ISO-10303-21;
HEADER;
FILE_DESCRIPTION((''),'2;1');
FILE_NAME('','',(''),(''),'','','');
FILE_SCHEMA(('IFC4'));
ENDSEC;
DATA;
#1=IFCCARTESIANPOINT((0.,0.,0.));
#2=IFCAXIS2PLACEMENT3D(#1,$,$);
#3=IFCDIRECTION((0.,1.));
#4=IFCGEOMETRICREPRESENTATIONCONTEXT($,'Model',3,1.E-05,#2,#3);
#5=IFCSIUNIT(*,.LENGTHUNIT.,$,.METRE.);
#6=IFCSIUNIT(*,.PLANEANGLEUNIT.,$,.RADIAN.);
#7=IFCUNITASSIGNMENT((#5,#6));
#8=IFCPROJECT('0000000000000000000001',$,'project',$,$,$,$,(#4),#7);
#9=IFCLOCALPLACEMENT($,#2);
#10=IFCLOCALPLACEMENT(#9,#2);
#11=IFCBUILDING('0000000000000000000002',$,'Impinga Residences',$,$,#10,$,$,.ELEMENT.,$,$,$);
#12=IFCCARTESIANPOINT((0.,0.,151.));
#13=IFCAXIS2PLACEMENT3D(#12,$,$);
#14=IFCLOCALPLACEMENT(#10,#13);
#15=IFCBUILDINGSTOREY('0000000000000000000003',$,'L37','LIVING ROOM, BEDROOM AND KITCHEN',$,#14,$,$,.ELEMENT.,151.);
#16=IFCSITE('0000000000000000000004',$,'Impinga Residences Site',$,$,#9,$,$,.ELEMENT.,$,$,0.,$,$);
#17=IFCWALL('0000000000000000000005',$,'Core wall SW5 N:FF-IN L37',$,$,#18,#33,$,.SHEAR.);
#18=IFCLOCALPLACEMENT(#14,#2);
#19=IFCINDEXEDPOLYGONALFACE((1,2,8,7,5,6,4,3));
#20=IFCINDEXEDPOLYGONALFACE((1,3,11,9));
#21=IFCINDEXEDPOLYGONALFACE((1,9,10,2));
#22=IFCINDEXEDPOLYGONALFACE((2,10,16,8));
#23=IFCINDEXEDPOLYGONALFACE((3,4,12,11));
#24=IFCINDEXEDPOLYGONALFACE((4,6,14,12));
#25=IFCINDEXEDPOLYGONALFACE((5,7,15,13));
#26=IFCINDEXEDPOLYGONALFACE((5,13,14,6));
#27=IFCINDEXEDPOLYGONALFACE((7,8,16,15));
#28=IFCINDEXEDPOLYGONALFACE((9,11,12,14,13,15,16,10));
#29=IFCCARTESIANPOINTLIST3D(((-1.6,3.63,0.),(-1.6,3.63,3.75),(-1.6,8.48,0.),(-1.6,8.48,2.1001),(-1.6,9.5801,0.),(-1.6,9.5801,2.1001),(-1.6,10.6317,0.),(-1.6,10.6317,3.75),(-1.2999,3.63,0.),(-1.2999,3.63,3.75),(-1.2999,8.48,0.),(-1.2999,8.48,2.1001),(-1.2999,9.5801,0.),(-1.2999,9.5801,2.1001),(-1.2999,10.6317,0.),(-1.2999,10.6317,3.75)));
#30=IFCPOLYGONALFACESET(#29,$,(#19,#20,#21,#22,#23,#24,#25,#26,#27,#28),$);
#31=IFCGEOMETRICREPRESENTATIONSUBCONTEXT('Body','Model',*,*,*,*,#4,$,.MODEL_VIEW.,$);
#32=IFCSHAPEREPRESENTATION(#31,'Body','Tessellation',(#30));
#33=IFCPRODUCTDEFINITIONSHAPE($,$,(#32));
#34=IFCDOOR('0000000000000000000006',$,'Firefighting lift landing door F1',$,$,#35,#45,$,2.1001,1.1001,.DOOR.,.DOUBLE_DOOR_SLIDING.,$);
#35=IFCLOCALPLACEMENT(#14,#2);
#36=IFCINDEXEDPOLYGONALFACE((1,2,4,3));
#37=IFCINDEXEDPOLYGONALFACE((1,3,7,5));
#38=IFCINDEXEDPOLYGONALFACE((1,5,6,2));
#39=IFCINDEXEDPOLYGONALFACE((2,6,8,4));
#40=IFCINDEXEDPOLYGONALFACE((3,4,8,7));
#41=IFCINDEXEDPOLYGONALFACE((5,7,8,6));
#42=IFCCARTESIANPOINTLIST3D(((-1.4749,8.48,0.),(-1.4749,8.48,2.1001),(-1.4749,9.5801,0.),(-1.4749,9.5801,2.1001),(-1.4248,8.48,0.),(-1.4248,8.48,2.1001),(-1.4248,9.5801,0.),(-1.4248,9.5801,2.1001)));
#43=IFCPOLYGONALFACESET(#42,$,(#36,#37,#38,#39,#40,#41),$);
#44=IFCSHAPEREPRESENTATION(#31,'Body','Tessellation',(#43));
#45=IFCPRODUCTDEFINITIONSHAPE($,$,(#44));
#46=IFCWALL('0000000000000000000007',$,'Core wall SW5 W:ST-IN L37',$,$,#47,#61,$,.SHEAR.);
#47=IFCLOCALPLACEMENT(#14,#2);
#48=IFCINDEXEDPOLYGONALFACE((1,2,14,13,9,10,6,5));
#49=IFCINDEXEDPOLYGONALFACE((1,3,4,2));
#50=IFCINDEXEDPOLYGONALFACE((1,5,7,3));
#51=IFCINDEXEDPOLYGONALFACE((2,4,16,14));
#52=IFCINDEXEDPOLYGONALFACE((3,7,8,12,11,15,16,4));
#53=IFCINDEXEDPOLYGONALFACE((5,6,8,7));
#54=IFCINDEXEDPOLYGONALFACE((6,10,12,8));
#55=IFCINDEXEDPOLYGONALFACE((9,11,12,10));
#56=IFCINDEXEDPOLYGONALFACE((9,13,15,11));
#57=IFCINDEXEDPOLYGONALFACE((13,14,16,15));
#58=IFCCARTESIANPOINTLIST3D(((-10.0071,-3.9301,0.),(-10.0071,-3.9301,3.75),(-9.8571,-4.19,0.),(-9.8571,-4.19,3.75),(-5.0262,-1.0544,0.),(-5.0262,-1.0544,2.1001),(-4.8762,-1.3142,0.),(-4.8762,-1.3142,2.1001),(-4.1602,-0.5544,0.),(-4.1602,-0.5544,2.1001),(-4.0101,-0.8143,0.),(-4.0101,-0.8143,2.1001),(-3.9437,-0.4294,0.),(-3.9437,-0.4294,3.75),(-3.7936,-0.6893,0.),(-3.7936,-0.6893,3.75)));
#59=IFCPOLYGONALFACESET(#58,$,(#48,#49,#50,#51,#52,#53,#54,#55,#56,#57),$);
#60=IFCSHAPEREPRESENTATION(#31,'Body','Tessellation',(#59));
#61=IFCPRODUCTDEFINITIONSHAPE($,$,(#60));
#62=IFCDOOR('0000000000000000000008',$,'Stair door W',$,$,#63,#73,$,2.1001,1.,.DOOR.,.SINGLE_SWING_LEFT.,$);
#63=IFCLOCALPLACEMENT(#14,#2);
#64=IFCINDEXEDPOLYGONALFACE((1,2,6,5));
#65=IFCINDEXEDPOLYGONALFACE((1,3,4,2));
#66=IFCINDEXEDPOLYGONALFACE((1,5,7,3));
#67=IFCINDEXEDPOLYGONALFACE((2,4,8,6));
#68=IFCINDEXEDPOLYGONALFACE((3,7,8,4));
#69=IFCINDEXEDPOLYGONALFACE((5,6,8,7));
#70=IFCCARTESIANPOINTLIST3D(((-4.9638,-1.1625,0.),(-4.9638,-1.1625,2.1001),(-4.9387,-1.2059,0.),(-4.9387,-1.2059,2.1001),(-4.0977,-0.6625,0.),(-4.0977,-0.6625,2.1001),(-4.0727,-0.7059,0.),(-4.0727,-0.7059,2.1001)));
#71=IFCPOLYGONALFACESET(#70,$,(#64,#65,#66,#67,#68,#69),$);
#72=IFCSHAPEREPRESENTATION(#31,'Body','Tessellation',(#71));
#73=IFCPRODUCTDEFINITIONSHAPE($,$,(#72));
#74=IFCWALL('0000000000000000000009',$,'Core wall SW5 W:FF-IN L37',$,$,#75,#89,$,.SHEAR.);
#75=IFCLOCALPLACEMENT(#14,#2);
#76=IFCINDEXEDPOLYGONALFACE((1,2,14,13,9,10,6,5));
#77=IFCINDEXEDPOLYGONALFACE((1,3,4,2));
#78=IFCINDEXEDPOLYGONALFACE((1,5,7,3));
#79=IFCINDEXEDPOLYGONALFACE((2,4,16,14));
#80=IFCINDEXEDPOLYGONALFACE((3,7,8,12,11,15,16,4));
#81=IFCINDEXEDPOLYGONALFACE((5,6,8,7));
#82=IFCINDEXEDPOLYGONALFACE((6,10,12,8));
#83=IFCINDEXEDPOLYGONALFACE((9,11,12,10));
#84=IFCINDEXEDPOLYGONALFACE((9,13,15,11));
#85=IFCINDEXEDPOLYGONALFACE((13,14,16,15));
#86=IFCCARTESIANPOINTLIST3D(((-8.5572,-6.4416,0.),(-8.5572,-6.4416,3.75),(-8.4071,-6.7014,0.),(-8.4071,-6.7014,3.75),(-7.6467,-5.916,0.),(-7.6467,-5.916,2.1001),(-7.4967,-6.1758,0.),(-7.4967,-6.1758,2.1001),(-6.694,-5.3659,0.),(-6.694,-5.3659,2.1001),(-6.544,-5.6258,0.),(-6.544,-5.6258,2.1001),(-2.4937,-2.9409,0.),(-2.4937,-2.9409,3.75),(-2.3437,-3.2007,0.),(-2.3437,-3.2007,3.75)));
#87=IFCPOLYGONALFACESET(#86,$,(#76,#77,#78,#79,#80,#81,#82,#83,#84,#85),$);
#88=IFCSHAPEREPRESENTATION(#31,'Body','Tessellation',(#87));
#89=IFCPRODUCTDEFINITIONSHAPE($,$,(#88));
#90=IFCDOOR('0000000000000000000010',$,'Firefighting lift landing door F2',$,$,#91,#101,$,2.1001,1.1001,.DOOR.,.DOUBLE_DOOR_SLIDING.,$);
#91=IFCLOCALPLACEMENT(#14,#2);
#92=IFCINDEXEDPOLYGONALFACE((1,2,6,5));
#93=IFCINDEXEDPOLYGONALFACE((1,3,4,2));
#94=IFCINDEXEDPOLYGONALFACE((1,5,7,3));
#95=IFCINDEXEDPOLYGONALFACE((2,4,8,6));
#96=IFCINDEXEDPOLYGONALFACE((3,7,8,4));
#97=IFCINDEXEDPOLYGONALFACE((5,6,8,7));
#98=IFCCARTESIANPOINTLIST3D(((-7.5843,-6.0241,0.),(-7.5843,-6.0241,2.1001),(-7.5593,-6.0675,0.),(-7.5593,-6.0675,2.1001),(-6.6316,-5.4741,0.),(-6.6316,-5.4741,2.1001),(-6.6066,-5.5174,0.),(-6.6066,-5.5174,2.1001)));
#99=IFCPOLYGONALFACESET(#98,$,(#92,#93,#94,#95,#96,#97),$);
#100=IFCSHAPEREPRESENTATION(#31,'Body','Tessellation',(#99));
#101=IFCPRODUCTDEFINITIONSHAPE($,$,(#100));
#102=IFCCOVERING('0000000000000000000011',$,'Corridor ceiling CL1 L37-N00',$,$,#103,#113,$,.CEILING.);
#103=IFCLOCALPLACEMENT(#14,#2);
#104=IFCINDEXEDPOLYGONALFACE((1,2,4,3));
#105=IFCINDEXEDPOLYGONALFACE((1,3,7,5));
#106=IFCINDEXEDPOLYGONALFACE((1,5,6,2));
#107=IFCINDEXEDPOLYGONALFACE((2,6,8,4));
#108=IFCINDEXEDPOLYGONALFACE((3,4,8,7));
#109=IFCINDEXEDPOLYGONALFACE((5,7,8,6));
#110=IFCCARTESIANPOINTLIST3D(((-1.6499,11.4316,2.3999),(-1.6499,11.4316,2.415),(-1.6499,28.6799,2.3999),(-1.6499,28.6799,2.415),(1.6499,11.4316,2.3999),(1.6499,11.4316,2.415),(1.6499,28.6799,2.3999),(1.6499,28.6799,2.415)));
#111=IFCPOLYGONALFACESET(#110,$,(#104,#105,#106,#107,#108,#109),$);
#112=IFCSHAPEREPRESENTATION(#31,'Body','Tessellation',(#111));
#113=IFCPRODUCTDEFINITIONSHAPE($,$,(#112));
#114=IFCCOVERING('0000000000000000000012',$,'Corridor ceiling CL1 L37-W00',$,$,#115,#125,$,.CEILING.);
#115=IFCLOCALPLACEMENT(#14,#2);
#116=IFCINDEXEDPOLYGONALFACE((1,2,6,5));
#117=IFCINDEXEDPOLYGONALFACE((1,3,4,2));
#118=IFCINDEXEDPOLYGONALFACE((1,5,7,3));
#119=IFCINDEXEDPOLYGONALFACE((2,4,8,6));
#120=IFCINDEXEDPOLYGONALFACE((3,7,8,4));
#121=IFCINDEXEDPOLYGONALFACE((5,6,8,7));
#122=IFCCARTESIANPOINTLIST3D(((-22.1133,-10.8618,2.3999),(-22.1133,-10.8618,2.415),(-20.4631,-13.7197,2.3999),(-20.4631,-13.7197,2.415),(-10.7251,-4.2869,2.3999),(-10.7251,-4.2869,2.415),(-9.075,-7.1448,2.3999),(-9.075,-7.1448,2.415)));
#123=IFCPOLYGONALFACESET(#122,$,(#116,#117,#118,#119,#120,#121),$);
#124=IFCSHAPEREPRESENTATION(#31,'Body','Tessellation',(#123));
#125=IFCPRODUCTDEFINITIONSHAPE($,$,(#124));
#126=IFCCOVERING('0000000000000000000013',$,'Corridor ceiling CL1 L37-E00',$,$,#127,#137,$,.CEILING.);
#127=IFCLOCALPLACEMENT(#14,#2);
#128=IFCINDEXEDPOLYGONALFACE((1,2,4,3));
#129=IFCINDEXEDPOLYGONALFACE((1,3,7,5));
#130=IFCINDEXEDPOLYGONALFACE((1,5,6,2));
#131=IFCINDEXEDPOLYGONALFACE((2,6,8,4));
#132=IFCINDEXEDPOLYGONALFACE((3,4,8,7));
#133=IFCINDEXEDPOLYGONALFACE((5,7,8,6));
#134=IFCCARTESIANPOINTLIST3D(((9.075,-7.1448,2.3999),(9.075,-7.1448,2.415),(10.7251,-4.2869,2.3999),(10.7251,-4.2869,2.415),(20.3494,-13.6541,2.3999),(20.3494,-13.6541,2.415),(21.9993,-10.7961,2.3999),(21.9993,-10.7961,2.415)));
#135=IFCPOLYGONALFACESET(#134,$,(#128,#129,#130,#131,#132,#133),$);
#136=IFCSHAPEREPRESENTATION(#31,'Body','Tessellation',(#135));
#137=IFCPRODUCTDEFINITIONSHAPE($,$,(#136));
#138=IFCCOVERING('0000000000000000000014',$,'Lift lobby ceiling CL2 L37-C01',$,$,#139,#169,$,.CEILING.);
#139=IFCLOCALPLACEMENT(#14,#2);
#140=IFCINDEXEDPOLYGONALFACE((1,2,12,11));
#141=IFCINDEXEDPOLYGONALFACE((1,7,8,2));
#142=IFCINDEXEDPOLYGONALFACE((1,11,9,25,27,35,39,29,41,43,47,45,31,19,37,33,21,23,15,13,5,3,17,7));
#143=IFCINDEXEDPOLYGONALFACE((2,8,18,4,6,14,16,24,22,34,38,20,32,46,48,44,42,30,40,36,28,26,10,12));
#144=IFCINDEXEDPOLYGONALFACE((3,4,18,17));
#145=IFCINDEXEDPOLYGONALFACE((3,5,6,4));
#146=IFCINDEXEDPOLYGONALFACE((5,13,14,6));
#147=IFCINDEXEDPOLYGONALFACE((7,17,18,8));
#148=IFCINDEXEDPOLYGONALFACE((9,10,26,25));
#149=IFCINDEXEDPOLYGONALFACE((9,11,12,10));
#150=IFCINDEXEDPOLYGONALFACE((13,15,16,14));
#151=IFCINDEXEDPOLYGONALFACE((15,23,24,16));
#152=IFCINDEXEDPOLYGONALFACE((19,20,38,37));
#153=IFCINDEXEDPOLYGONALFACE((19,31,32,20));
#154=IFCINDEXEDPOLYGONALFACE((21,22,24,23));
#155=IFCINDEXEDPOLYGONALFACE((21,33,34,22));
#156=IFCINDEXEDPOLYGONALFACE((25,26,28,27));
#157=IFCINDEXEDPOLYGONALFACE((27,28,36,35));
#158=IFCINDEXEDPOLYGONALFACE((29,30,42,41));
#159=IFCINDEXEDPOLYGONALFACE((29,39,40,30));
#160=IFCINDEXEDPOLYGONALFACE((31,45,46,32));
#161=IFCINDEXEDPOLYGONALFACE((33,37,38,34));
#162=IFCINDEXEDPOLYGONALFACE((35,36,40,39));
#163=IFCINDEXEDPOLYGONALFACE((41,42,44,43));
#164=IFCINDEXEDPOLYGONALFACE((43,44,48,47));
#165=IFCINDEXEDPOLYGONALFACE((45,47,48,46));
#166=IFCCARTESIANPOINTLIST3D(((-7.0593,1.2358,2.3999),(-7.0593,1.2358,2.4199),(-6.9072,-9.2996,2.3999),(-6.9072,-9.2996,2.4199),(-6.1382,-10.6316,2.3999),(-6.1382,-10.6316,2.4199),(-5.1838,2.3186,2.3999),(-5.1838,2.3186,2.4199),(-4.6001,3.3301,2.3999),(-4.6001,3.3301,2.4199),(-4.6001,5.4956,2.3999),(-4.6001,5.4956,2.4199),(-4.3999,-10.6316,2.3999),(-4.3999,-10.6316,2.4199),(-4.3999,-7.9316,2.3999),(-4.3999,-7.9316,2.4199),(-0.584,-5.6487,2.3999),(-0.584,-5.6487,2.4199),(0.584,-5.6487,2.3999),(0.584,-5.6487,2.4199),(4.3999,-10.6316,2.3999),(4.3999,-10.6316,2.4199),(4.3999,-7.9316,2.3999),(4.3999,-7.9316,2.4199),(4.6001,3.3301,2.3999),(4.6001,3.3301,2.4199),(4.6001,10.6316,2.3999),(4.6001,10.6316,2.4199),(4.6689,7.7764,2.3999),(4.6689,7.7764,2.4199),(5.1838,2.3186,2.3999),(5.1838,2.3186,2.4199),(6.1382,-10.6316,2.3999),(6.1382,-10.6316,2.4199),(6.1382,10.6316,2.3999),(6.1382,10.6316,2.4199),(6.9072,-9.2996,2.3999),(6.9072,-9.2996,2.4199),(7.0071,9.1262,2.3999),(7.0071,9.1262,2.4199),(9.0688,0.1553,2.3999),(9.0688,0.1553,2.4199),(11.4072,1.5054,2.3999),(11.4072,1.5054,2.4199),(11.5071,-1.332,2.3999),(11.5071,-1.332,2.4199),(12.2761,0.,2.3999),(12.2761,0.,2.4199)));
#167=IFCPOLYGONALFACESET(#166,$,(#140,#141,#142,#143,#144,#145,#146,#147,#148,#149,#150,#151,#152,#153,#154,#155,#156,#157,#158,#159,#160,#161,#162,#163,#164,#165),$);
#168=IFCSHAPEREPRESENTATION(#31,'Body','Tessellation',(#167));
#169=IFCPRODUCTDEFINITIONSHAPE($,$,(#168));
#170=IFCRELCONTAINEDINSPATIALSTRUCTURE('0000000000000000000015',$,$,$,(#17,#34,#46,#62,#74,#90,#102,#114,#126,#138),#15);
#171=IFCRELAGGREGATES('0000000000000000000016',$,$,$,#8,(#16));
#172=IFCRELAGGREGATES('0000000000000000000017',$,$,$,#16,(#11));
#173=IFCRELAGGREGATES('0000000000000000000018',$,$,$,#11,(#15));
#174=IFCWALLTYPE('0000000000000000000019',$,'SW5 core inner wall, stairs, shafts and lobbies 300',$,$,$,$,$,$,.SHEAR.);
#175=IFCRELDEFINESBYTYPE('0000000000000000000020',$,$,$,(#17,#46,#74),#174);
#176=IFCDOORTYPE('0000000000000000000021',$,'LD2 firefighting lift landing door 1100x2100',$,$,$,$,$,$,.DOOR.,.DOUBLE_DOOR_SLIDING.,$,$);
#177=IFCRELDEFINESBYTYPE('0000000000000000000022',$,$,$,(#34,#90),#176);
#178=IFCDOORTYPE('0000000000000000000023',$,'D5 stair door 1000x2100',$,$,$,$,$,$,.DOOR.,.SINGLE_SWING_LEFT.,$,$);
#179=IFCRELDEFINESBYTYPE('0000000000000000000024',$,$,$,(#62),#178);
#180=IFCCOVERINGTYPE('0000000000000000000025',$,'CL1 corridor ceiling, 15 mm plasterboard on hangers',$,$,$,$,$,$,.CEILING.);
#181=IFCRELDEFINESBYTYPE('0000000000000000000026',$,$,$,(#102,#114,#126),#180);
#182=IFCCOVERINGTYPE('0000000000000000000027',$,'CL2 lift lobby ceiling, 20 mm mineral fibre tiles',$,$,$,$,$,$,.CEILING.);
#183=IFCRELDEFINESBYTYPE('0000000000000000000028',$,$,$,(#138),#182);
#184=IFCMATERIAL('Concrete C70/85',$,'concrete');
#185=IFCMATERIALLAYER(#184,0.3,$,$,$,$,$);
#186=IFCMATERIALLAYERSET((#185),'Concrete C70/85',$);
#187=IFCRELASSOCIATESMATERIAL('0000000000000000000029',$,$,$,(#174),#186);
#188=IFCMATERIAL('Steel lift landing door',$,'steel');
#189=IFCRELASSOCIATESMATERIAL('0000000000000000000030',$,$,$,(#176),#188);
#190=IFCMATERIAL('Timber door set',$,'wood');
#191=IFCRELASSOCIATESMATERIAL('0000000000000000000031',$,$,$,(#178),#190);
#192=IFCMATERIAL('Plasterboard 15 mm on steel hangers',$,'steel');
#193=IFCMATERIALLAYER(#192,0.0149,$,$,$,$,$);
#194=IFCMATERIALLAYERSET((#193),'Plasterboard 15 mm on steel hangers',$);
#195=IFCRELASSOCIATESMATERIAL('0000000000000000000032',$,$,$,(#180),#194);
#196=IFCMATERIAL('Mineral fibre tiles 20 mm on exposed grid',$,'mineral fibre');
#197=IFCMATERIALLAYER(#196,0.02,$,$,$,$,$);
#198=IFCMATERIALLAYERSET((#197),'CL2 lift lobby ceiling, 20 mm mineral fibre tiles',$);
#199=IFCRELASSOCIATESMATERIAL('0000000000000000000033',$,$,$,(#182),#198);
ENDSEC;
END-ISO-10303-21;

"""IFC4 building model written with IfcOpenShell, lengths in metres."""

from ifc_helpers import new_model, si_unit, direction, frame, frame_2d, origin, place, context, subcontext, project, spatial, polyline, rectangle, outline, extrude, material, layer, layer_set, type_object, element, fill, save


model = new_model("IFC4")

# Units and contexts
model_context = context("Model", 3, precision=1e-05, world=origin(), true_north=direction((0.0, 1.0)))
body_context = subcontext(model_context, "Body", "Model", "MODEL_VIEW")
ifc_project = project(units=[si_unit("LENGTHUNIT", "METRE"), si_unit("PLANEANGLEUNIT", "RADIAN")], contexts=[model_context])

# Site, building, storey
site_placement = place(None, origin())
site = spatial("IfcSite", under=ifc_project, at=site_placement, Name="Impinga Residences Site", CompositionType="ELEMENT", RefElevation=0.0)
building_placement = place(site_placement, origin())
building = spatial("IfcBuilding", under=site, at=building_placement, Name="Impinga Residences", CompositionType="ELEMENT")
storey_placement = place(building_placement, frame((0.0, 0.0, 151.0)))
storey = spatial("IfcBuildingStorey", under=building, at=storey_placement, Name="L37", Description="LIVING ROOM, BEDROOM AND KITCHEN", CompositionType="ELEMENT", Elevation=151.0)

# Walls, openings, doors
ifc_material_1 = material(Name="Concrete C70/85", Category="concrete")
ifc_layer_1 = layer(ifc_material_1, 0.3)
ifc_layer_set_1 = layer_set([ifc_layer_1], Name="Concrete C70/85")
wall_type_1 = type_object("IfcWallType", Name="SW5 core inner wall, stairs, shafts and lobbies 300", PredefinedType="SHEAR", material=ifc_layer_set_1)
wall_1_placement = place(storey_placement, frame((-1.45, 3.6299, 0.0), z_axis=(0.0, 0.0, 1.0), x_axis=(0.0, 1.0, 0.0)))
wall_1 = element("IfcWall", 1, at=wall_1_placement, inside=storey, type_object=wall_type_1, Name="Core wall SW5 N:FF-IN L37", PredefinedType="SHEAR", context=body_context, shape_type="SweptSolid", body=[
    extrude(rectangle(XDim=7.0017, YDim=0.3, at=frame_2d((3.501, 0.0))), origin(), (0.0, 0.0, 1.0), 3.75),
])
opening_1_placement = place(wall_1_placement, frame((4.8501, 0.0, 0.0)))
opening_1 = element("IfcOpeningElement", 2, at=opening_1_placement, cuts=wall_1, PredefinedType="OPENING", context=body_context, shape_type="SweptSolid", body=[
    extrude(rectangle(XDim=1.1001, YDim=2.1001, at=frame_2d((0.55, 1.05))), frame((0.0, 0.1599, 0.0), z_axis=(0.0, -1.0, 0.0), x_axis=(1.0, 0.0, 0.0)), (0.0, 0.0, 1.0), 0.3201),
])
ifc_material_2 = material(Name="Steel lift landing door", Category="steel")
door_type_1 = type_object("IfcDoorType", Name="LD2 firefighting lift landing door 1100x2100", OperationType="DOUBLE_DOOR_SLIDING", PredefinedType="DOOR", material=ifc_material_2)
door_1_placement = place(opening_1_placement, origin())
door_1 = element("IfcDoor", 3, at=door_1_placement, inside=storey, type_object=door_type_1, Name="Firefighting lift landing door F1", OperationType="DOUBLE_DOOR_SLIDING", OverallHeight=2.1001, OverallWidth=1.1001, PredefinedType="DOOR", context=body_context, shape_type="SweptSolid", body=[
    extrude(rectangle(XDim=1.1001, YDim=2.1001, at=frame_2d((0.55, 1.05))), frame((0.0, 0.0249, 0.0), z_axis=(0.0, -1.0, 0.0), x_axis=(1.0, 0.0, 0.0)), (0.0, 0.0, 1.0), 0.05),
])
fill(opening_1, door_1)
wall_2_placement = place(storey_placement, frame((-3.8687, -0.5593, 0.0), z_axis=(0.0, 0.0, 1.0), x_axis=(-0.866026, -0.499998, 0.0)))
wall_2 = element("IfcWall", 4, at=wall_2_placement, inside=storey, type_object=wall_type_1, Name="Core wall SW5 W:ST-IN L37", PredefinedType="SHEAR", context=body_context, shape_type="SweptSolid", body=[
    extrude(rectangle(XDim=7.0015, YDim=0.3, at=frame_2d((3.5007, 0.0))), origin(), (0.0, 0.0, 1.0), 3.75),
])
opening_2_placement = place(wall_2_placement, frame((0.25, 0.0, 0.0)))
opening_2 = element("IfcOpeningElement", 5, at=opening_2_placement, cuts=wall_2, PredefinedType="OPENING", context=body_context, shape_type="SweptSolid", body=[
    extrude(rectangle(XDim=1.0, YDim=2.1001, at=frame_2d((0.5, 1.05))), frame((0.0, 0.1599, 0.0), z_axis=(0.0, -1.0, 0.0), x_axis=(1.0, 0.0, 0.0)), (0.0, 0.0, 1.0), 0.3201),
])
ifc_material_3 = material(Name="Timber door set", Category="wood")
door_type_2 = type_object("IfcDoorType", Name="D5 stair door 1000x2100", OperationType="SINGLE_SWING_LEFT", PredefinedType="DOOR", material=ifc_material_3)
door_2_placement = place(opening_2_placement, origin())
door_2 = element("IfcDoor", 6, at=door_2_placement, inside=storey, type_object=door_type_2, Name="Stair door W", OperationType="SINGLE_SWING_LEFT", OverallHeight=2.1001, OverallWidth=1.0, PredefinedType="DOOR", context=body_context, shape_type="SweptSolid", body=[
    extrude(rectangle(XDim=1.0, YDim=2.1001, at=frame_2d((0.5, 1.05))), frame((0.0, 0.0249, 0.0), z_axis=(0.0, -1.0, 0.0), x_axis=(1.0, 0.0, 0.0)), (0.0, 0.0, 1.0), 0.05),
])
fill(opening_2, door_2)
wall_3_placement = place(storey_placement, frame((-2.4187, -3.0708, 0.0), z_axis=(0.0, 0.0, 1.0), x_axis=(-0.866026, -0.499998, 0.0)))
wall_3 = element("IfcWall", 7, at=wall_3_placement, inside=storey, type_object=wall_type_1, Name="Core wall SW5 W:FF-IN L37", PredefinedType="SHEAR", context=body_context, shape_type="SweptSolid", body=[
    extrude(rectangle(XDim=7.0015, YDim=0.3, at=frame_2d((3.5007, 0.0))), origin(), (0.0, 0.0, 1.0), 3.75),
])
opening_3_placement = place(wall_3_placement, frame((4.8501, 0.0, 0.0)))
opening_3 = element("IfcOpeningElement", 8, at=opening_3_placement, cuts=wall_3, PredefinedType="OPENING", context=body_context, shape_type="SweptSolid", body=[
    extrude(rectangle(XDim=1.1001, YDim=2.1001, at=frame_2d((0.55, 1.05))), frame((0.0, 0.1599, 0.0), z_axis=(0.0, -1.0, 0.0), x_axis=(1.0, 0.0, 0.0)), (0.0, 0.0, 1.0), 0.3201),
])
door_3_placement = place(opening_3_placement, origin())
door_3 = element("IfcDoor", 9, at=door_3_placement, inside=storey, type_object=door_type_1, Name="Firefighting lift landing door F2", OperationType="DOUBLE_DOOR_SLIDING", OverallHeight=2.1001, OverallWidth=1.1001, PredefinedType="DOOR", context=body_context, shape_type="SweptSolid", body=[
    extrude(rectangle(XDim=1.1001, YDim=2.1001, at=frame_2d((0.55, 1.05))), frame((0.0, 0.0249, 0.0), z_axis=(0.0, -1.0, 0.0), x_axis=(1.0, 0.0, 0.0)), (0.0, 0.0, 1.0), 0.05),
])
fill(opening_3, door_3)

# Coverings
ifc_material_4 = material(Name="Plasterboard 15 mm on steel hangers", Category="steel")
ifc_layer_2 = layer(ifc_material_4, 0.0149)
ifc_layer_set_2 = layer_set([ifc_layer_2], Name="Plasterboard 15 mm on steel hangers")
covering_type_1 = type_object("IfcCoveringType", Name="CL1 corridor ceiling, 15 mm plasterboard on hangers", PredefinedType="CEILING", material=ifc_layer_set_2)
covering_1_placement = place(storey_placement, frame((0.0, 0.0, 2.3999)))
element("IfcCovering", 10, at=covering_1_placement, inside=storey, type_object=covering_type_1, Name="Corridor ceiling CL1 L37-N00", PredefinedType="CEILING", context=body_context, shape_type="SweptSolid", body=[
    extrude(outline(polyline([(1.6499, 11.4316), (-1.6499, 11.4316), (-1.6499, 28.6799), (1.6499, 28.6799), (1.6499, 11.4316)])), origin(), (0.0, 0.0, 1.0), 0.0151),
])
covering_2_placement = place(storey_placement, frame((0.0, 0.0, 2.3999)))
element("IfcCovering", 11, at=covering_2_placement, inside=storey, type_object=covering_type_1, Name="Corridor ceiling CL1 L37-W00", PredefinedType="CEILING", context=body_context, shape_type="SweptSolid", body=[
    extrude(outline(polyline([(-9.075, -7.1448), (-10.7251, -4.2869), (-22.1133, -10.8618), (-20.4631, -13.7197), (-9.075, -7.1448)])), origin(), (0.0, 0.0, 1.0), 0.0151),
])
covering_3_placement = place(storey_placement, frame((0.0, 0.0, 2.3999)))
element("IfcCovering", 12, at=covering_3_placement, inside=storey, type_object=covering_type_1, Name="Corridor ceiling CL1 L37-E00", PredefinedType="CEILING", context=body_context, shape_type="SweptSolid", body=[
    extrude(outline(polyline([(9.075, -7.1448), (10.7251, -4.2869), (21.9993, -10.7961), (20.3494, -13.6541), (9.075, -7.1448)])), origin(), (0.0, 0.0, 1.0), 0.0151),
])
ifc_material_5 = material(Name="Mineral fibre tiles 20 mm on exposed grid", Category="mineral fibre")
ifc_layer_3 = layer(ifc_material_5, 0.02)
ifc_layer_set_3 = layer_set([ifc_layer_3], Name="CL2 lift lobby ceiling, 20 mm mineral fibre tiles")
covering_type_2 = type_object("IfcCoveringType", Name="CL2 lift lobby ceiling, 20 mm mineral fibre tiles", PredefinedType="CEILING", material=ifc_layer_set_3)
covering_4_placement = place(storey_placement, frame((0.0, 0.0, 2.3999)))
element("IfcCovering", 13, at=covering_4_placement, inside=storey, type_object=covering_type_2, Name="Lift lobby ceiling CL2 L37-C01", PredefinedType="CEILING", context=body_context, shape_type="SweptSolid", body=[
    extrude(outline(polyline([(5.1838, 2.3186), (0.584, -5.6487), (6.9072, -9.2996), (6.1382, -10.6316), (4.3999, -10.6316), (4.3999, -7.9316), (-4.3999, -7.9316), (-4.3999, -10.6316), (-6.1382, -10.6316), (-6.9072, -9.2996), (-0.584, -5.6487), (-5.1838, 2.3186), (-7.0593, 1.2358), (-4.6001, 5.4956), (-4.6001, 3.3301), (4.6001, 3.3301), (4.6001, 10.6316), (6.1382, 10.6316), (7.0071, 9.1262), (4.6689, 7.7764), (9.0688, 0.1553), (11.4072, 1.5054), (12.2761, 0.0), (11.5071, -1.332), (5.1838, 2.3186)])), origin(), (0.0, 0.0, 1.0), 0.02),
])

save(model, "model.ifc")
